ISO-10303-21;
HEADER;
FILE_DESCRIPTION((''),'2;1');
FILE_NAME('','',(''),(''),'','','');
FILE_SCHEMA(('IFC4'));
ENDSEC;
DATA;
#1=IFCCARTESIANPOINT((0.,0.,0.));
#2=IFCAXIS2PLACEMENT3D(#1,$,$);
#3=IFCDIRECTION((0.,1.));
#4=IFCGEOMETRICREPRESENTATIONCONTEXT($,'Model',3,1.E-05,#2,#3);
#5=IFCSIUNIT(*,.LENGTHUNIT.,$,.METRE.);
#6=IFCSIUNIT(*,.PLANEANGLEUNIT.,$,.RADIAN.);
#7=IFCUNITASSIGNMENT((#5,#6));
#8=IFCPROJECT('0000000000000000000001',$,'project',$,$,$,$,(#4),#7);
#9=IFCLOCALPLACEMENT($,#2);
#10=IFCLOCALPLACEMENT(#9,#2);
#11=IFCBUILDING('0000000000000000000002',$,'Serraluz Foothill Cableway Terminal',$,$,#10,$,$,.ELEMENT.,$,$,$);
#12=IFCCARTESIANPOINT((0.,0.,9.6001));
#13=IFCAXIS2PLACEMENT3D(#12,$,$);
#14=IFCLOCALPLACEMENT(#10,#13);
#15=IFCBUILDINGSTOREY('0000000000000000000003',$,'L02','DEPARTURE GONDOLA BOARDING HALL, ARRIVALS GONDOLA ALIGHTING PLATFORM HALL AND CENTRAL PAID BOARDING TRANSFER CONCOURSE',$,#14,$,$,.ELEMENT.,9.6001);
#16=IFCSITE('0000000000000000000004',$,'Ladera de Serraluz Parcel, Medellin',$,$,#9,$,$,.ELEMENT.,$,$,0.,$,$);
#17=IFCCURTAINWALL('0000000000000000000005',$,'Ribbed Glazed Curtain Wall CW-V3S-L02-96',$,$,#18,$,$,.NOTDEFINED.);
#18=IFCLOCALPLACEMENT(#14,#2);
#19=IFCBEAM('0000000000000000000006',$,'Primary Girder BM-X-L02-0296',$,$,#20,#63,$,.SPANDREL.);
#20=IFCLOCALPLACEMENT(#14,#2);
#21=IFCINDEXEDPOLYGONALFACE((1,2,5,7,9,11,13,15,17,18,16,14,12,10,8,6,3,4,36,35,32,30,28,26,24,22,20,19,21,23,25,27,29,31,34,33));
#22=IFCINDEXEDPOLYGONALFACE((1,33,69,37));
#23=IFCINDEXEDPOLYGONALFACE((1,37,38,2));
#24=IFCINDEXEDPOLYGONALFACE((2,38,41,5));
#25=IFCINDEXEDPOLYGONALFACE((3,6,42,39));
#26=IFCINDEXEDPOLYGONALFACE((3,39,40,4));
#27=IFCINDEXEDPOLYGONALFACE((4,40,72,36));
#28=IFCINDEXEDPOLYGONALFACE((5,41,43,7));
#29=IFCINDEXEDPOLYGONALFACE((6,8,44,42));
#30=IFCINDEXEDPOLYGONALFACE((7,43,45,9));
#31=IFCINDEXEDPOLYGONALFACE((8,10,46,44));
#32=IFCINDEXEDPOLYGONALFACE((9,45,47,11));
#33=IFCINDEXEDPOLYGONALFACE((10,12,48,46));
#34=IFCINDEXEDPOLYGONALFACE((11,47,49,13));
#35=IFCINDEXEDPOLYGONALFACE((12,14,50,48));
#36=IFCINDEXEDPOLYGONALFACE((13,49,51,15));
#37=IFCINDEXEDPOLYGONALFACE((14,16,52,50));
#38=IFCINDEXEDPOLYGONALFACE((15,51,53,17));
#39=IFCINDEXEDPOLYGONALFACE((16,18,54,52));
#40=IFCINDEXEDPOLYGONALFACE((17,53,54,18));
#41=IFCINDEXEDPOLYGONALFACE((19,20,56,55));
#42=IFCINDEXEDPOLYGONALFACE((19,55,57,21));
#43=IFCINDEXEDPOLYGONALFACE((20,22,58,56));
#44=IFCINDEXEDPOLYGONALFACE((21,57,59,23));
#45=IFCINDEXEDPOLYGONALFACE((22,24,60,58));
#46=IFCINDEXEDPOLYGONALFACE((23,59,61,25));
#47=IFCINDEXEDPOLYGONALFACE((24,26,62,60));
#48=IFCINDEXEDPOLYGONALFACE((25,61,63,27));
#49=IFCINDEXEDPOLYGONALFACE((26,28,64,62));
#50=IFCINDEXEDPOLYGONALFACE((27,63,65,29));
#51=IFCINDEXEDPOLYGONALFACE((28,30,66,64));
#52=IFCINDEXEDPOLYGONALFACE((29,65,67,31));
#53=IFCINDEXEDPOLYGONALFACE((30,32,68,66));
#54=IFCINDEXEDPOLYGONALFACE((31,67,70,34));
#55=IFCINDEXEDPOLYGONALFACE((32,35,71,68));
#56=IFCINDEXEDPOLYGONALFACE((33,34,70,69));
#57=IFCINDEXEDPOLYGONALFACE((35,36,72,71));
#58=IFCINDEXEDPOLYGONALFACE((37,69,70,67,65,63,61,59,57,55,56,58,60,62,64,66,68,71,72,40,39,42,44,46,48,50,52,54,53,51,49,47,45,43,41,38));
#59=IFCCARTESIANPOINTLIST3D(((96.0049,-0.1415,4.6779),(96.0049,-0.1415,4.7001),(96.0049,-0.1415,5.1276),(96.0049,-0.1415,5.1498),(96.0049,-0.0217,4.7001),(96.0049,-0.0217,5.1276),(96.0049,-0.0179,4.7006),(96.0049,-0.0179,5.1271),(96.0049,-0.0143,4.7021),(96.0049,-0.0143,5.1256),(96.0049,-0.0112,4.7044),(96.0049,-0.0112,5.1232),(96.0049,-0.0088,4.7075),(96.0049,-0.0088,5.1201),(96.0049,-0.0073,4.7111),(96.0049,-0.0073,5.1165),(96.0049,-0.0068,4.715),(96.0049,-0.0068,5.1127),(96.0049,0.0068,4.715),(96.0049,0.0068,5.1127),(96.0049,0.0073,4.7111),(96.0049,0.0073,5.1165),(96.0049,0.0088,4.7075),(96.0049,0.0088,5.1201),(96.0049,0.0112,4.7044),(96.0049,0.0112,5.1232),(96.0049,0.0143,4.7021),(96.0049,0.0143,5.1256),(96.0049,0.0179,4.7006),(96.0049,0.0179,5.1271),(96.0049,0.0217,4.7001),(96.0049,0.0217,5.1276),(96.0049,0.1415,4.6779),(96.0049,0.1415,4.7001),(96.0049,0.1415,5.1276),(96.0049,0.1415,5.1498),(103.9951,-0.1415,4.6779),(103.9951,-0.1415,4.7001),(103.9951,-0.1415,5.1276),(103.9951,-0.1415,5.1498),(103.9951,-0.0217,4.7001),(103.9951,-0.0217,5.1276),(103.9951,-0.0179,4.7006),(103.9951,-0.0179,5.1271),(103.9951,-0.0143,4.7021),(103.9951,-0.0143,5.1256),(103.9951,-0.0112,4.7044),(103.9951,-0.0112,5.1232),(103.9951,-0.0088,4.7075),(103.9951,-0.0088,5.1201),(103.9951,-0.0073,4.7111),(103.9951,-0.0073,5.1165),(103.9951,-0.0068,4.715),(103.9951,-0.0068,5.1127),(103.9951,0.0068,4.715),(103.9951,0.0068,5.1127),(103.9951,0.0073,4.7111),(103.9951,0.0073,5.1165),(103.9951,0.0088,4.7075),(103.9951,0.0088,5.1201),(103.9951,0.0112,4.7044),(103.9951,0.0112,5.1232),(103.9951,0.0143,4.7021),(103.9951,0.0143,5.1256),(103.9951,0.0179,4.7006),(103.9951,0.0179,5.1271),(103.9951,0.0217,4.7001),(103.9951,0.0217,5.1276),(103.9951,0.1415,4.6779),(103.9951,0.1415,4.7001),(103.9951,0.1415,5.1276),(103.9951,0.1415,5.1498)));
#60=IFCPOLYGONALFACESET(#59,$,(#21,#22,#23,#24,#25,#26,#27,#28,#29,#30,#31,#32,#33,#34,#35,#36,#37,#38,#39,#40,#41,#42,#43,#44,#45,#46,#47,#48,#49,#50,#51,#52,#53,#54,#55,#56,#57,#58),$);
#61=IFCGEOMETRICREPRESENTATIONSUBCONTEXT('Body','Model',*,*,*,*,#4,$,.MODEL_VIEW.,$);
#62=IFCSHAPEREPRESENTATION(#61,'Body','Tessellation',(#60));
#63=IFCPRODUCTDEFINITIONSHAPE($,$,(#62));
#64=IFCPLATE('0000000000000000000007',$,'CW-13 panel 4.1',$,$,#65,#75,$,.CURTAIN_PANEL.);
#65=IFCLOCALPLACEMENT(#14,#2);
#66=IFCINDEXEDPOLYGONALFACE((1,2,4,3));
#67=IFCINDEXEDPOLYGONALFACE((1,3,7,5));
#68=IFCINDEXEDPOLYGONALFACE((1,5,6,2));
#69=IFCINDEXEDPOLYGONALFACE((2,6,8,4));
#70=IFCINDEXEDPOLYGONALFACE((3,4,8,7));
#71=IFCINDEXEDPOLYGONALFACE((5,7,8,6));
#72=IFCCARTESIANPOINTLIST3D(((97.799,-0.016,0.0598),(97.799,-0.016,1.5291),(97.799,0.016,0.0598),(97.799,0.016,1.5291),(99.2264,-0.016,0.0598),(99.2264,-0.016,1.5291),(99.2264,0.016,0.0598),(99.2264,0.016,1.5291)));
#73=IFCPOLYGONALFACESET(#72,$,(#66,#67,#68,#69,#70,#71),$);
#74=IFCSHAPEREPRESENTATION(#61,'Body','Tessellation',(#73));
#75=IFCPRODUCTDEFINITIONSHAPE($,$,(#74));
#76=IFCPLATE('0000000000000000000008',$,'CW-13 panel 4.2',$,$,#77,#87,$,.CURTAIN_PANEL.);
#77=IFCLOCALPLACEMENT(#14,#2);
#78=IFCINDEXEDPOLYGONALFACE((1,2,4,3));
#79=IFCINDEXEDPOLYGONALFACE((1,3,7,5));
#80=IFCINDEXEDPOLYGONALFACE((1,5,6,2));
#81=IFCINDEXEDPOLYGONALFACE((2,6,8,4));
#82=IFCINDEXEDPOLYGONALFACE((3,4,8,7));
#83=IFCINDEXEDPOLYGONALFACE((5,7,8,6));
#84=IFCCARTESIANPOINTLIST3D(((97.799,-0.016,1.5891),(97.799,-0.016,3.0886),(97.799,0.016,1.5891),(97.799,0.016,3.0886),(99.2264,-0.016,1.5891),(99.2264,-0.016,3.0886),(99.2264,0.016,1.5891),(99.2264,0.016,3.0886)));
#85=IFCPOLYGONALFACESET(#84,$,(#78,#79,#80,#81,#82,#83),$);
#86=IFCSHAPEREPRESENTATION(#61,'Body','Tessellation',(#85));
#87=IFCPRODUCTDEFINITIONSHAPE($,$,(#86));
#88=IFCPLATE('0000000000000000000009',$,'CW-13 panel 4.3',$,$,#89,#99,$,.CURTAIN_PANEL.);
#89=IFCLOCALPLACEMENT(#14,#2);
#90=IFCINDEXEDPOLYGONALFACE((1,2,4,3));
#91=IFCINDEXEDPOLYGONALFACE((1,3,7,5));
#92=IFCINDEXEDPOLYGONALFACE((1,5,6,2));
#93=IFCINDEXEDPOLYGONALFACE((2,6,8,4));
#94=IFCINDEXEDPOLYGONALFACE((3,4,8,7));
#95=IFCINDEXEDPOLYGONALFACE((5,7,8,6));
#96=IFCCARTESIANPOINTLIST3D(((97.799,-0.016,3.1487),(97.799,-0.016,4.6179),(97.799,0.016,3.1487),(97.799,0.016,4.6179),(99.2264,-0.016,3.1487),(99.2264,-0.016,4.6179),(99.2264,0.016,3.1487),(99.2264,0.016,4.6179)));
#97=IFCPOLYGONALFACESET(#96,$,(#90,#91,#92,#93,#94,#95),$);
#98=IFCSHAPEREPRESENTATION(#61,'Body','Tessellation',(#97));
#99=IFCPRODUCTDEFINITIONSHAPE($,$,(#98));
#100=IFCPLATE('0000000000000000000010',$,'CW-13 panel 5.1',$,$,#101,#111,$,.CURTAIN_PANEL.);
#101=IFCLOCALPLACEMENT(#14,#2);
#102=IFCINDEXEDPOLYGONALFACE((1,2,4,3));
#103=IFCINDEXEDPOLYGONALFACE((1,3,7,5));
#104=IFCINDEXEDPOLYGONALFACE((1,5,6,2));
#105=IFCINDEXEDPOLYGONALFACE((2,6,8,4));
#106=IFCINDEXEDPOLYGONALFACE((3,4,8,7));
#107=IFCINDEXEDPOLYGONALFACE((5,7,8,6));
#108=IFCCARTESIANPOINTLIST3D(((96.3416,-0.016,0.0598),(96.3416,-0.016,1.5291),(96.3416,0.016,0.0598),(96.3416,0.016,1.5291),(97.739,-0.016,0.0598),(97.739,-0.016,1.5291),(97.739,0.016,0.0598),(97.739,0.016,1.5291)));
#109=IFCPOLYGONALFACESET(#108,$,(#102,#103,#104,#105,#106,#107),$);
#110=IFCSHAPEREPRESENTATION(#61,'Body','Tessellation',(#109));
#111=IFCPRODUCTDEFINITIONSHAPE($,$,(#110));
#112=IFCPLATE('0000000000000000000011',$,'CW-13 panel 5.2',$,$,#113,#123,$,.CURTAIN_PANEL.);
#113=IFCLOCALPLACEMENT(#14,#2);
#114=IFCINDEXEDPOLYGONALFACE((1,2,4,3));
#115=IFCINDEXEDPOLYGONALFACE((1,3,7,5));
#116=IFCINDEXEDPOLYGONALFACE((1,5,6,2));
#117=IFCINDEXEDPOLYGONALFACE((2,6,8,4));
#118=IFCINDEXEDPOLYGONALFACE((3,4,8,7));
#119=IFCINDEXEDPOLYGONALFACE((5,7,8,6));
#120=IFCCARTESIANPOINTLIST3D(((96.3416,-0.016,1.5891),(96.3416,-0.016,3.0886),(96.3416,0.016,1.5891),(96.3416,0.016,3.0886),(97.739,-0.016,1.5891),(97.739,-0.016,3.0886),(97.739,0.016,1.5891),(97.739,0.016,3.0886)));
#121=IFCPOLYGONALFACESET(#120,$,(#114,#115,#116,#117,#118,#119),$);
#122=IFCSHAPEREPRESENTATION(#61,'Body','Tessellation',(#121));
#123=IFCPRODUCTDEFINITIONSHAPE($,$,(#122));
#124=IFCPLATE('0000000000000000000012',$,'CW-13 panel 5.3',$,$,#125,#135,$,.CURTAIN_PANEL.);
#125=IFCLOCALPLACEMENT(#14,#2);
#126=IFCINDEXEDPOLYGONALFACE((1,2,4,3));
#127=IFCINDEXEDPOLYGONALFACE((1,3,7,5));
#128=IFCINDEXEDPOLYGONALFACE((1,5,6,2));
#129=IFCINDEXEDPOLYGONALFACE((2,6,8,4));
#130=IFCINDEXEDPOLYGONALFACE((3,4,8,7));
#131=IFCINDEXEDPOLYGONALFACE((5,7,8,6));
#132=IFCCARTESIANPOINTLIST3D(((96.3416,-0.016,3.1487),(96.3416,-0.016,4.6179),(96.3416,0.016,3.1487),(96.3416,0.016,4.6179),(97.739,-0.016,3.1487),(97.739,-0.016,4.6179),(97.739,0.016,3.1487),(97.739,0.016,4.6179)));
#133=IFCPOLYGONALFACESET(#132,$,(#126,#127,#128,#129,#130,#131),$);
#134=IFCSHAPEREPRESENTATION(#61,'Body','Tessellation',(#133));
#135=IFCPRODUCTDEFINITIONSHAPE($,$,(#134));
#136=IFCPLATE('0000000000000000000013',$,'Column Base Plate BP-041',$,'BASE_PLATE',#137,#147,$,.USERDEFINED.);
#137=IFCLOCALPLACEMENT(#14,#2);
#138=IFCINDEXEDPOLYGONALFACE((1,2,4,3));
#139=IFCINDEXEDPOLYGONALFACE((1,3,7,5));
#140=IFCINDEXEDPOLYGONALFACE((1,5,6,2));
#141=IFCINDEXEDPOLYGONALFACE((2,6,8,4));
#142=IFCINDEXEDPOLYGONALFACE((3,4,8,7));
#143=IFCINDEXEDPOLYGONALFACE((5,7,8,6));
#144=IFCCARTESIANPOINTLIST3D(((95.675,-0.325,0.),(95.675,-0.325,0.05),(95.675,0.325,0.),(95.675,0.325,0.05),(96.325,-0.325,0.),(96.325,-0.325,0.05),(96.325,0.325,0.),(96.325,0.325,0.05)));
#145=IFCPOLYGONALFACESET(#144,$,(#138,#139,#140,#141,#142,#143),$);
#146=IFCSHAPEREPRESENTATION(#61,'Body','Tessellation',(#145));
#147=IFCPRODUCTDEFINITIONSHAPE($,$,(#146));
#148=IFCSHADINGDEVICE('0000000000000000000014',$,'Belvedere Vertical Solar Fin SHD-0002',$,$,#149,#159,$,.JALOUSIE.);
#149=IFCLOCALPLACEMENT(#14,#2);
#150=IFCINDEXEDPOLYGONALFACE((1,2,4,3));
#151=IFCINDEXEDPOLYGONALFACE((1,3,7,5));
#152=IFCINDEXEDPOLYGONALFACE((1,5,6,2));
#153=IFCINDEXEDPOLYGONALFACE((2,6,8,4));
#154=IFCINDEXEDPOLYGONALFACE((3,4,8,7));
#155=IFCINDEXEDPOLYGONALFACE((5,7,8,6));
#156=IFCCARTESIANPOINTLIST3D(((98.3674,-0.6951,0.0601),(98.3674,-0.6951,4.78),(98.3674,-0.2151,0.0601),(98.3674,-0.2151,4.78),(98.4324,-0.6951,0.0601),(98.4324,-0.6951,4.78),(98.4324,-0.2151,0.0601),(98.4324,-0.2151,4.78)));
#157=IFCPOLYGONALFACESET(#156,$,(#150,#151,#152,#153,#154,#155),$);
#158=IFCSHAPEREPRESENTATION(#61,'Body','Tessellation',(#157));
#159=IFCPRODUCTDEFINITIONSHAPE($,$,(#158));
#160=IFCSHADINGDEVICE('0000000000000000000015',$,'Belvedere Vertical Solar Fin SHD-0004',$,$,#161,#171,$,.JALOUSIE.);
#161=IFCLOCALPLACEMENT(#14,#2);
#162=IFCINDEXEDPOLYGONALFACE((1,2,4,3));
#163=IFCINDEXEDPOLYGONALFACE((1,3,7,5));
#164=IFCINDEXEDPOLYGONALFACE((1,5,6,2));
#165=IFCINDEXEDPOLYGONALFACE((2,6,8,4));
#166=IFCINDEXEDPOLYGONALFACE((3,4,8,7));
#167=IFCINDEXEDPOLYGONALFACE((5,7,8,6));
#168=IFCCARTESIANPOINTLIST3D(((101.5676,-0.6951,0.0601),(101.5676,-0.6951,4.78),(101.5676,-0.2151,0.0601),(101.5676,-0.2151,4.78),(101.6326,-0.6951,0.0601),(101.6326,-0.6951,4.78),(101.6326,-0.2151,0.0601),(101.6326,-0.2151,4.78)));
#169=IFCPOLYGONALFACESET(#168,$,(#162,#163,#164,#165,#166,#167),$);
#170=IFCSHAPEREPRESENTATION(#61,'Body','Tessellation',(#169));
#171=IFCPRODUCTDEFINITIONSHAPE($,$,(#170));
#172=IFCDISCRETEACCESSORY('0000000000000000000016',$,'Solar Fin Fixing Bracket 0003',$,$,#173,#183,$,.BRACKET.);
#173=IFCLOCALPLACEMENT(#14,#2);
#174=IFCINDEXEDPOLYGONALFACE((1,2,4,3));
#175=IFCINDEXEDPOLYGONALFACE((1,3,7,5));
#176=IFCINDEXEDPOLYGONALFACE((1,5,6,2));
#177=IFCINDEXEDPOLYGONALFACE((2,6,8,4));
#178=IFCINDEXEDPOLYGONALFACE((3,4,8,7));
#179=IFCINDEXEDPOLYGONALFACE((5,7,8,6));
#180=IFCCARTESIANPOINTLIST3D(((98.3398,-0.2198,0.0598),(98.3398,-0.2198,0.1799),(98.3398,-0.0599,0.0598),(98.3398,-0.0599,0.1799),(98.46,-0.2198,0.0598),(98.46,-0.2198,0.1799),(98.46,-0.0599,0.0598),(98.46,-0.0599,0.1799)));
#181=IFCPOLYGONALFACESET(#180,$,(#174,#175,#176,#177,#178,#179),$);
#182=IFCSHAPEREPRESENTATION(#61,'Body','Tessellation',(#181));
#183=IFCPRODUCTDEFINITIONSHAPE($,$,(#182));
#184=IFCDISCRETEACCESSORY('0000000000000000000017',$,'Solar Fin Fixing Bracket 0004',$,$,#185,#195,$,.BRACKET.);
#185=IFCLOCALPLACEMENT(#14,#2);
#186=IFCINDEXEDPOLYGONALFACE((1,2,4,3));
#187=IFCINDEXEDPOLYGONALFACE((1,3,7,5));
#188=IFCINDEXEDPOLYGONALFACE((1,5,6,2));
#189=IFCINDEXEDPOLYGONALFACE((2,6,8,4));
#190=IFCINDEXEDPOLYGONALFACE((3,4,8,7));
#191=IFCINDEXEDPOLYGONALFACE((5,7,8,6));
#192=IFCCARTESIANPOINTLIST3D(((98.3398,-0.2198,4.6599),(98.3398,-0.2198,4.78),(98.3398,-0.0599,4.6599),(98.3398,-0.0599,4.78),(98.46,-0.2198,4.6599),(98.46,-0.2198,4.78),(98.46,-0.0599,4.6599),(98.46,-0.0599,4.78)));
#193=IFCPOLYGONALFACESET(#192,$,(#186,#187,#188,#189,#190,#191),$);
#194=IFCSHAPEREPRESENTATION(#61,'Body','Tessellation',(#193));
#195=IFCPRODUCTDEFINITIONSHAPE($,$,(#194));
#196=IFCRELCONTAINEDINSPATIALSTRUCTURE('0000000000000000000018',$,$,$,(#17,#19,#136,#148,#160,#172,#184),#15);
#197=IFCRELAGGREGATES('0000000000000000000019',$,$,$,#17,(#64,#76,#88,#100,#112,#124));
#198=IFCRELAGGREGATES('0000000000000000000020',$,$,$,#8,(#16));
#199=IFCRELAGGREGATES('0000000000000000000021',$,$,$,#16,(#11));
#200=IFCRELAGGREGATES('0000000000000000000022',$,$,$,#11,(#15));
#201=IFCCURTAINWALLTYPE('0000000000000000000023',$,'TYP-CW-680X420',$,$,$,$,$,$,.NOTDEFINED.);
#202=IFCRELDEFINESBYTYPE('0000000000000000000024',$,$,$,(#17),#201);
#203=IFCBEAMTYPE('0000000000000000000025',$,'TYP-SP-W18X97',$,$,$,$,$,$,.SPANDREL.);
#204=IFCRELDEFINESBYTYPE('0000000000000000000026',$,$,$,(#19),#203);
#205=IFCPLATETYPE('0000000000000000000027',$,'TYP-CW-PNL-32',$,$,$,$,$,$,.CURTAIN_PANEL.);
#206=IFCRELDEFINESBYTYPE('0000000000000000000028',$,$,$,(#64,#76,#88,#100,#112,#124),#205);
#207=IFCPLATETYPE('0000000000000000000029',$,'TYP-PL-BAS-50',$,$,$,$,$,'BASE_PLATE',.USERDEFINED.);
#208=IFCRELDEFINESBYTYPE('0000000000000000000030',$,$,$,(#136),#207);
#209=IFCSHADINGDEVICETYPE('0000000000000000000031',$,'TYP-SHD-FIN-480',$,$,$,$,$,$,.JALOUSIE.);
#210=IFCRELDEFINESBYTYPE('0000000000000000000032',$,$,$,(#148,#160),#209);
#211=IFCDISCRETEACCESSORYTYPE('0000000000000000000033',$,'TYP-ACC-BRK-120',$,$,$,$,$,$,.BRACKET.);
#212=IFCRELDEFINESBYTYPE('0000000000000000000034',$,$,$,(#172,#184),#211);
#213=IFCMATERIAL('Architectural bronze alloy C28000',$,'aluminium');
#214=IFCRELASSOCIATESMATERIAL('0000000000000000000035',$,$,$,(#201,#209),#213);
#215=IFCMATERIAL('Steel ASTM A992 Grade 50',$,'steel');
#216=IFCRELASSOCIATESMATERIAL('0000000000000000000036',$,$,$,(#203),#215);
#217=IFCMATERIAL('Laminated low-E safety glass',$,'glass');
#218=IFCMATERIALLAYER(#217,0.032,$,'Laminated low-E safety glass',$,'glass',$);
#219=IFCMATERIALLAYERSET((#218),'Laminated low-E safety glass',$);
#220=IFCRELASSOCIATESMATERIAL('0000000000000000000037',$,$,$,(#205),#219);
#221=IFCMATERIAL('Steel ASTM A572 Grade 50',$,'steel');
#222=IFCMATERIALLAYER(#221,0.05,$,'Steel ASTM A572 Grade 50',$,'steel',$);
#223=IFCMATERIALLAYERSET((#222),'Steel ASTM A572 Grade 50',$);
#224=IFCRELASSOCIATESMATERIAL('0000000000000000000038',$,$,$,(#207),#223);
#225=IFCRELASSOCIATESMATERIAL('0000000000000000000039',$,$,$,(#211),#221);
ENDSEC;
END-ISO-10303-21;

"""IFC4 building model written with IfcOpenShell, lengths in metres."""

from ifc_helpers import new_model, si_unit, direction, frame, origin, origin_2d, place, context, subcontext, project, spatial, rectangle, i_section, extrude, material, layer, layer_set, material_profile, profile_set, type_object, element, aggregate, save


model = new_model("IFC4")

# Units and contexts
model_context = context("Model", 3, precision=1e-05, world=origin(), true_north=direction((0.0, 1.0)))
body_context = subcontext(model_context, "Body", "Model", "MODEL_VIEW")
ifc_project = project(units=[si_unit("LENGTHUNIT", "METRE"), si_unit("PLANEANGLEUNIT", "RADIAN")], contexts=[model_context])

# Site, building, storey
site_placement = place(None, origin())
site = spatial("IfcSite", under=ifc_project, at=site_placement, Name="Ladera de Serraluz Parcel, Medellin", CompositionType="ELEMENT", RefElevation=0.0)
building_placement = place(site_placement, origin())
building = spatial("IfcBuilding", under=site, at=building_placement, Name="Serraluz Foothill Cableway Terminal", CompositionType="ELEMENT")
storey_placement = place(building_placement, frame((0.0, 0.0, 9.6001)))
storey = spatial("IfcBuildingStorey", under=building, at=storey_placement, Name="L02", Description="DEPARTURE GONDOLA BOARDING HALL, ARRIVALS GONDOLA ALIGHTING PLATFORM HALL AND CENTRAL PAID BOARDING TRANSFER CONCOURSE", CompositionType="ELEMENT", Elevation=9.6001)

# Shared definitions
ifc_material_1 = material(Name="Steel ASTM A992 Grade 50", Category="steel")

# Curtain wall
ifc_material_2 = material(Name="Architectural bronze alloy C28000", Category="aluminium")
curtain_wall_type = type_object("IfcCurtainWallType", Name="TYP-CW-680X420", PredefinedType="NOTDEFINED", material=ifc_material_2)
curtain_wall_placement = place(storey_placement, origin())
curtain_wall = element("IfcCurtainWall", 1, at=curtain_wall_placement, inside=storey, type_object=curtain_wall_type, Name="Ribbed Glazed Curtain Wall CW-V3S-L02-96", PredefinedType="NOTDEFINED")

# Beam
ifc_material_profile_1 = material_profile(ifc_material_1, i_section(OverallWidth=0.283, OverallDepth=0.4719, WebThickness=0.0137, FlangeThickness=0.0222, FilletRadius=0.0149, at=origin_2d()), Name="W18X97")
ifc_profile_set_1 = profile_set([ifc_material_profile_1], Name="Steel ASTM A992 Grade 50")
beam_type = type_object("IfcBeamType", Name="TYP-SP-W18X97", PredefinedType="SPANDREL", material=ifc_profile_set_1)
beam_placement = place(storey_placement, frame((96.0049, 0.0, 4.9138), z_axis=(1.0, 0.0, 0.0), x_axis=(0.0, 1.0, 0.0)))
element("IfcBeam", 2, at=beam_placement, inside=storey, type_object=beam_type, Name="Primary Girder BM-X-L02-0296", PredefinedType="SPANDREL", context=body_context, shape_type="SweptSolid", body=[
    extrude(i_section(OverallWidth=0.283, OverallDepth=0.4719, WebThickness=0.0137, FlangeThickness=0.0222, FilletRadius=0.0149, at=origin_2d()), origin(), (0.0, 0.0, 1.0), 7.9902),
])

# Plates
ifc_material_3 = material(Name="Laminated low-E safety glass", Category="glass")
ifc_layer_1 = layer(ifc_material_3, 0.032, Name="Laminated low-E safety glass", Category="glass")
ifc_layer_set_1 = layer_set([ifc_layer_1], Name="Laminated low-E safety glass")
plate_type_1 = type_object("IfcPlateType", Name="TYP-CW-PNL-32", PredefinedType="CURTAIN_PANEL", material=ifc_layer_set_1)
plate_1_placement = place(storey_placement, frame((98.5127, 0.0, 0.0598), z_axis=(0.0, 0.0, 1.0), x_axis=(-1.0, 0.0, 0.0)))
plate_1 = element("IfcPlate", 3, at=plate_1_placement, type_object=plate_type_1, Name="CW-13 panel 4.1", PredefinedType="CURTAIN_PANEL", context=body_context, shape_type="SweptSolid", body=[
    extrude(rectangle(XDim=1.4275, YDim=0.032, at=origin_2d()), origin(), (0.0, 0.0, 1.0), 1.4692),
])
plate_2_placement = place(storey_placement, frame((98.5127, 0.0, 1.5891), z_axis=(0.0, 0.0, 1.0), x_axis=(-1.0, 0.0, 0.0)))
plate_2 = element("IfcPlate", 4, at=plate_2_placement, type_object=plate_type_1, Name="CW-13 panel 4.2", PredefinedType="CURTAIN_PANEL", context=body_context, shape_type="SweptSolid", body=[
    extrude(rectangle(XDim=1.4275, YDim=0.032, at=origin_2d()), origin(), (0.0, 0.0, 1.0), 1.4995),
])
plate_3_placement = place(storey_placement, frame((98.5127, 0.0, 3.1487), z_axis=(0.0, 0.0, 1.0), x_axis=(-1.0, 0.0, 0.0)))
plate_3 = element("IfcPlate", 5, at=plate_3_placement, type_object=plate_type_1, Name="CW-13 panel 4.3", PredefinedType="CURTAIN_PANEL", context=body_context, shape_type="SweptSolid", body=[
    extrude(rectangle(XDim=1.4275, YDim=0.032, at=origin_2d()), origin(), (0.0, 0.0, 1.0), 1.4692),
])
plate_4_placement = place(storey_placement, frame((97.0403, 0.0, 0.0598), z_axis=(0.0, 0.0, 1.0), x_axis=(-1.0, 0.0, 0.0)))
plate_4 = element("IfcPlate", 6, at=plate_4_placement, type_object=plate_type_1, Name="CW-13 panel 5.1", PredefinedType="CURTAIN_PANEL", context=body_context, shape_type="SweptSolid", body=[
    extrude(rectangle(XDim=1.3975, YDim=0.032, at=origin_2d()), origin(), (0.0, 0.0, 1.0), 1.4692),
])
plate_5_placement = place(storey_placement, frame((97.0403, 0.0, 1.5891), z_axis=(0.0, 0.0, 1.0), x_axis=(-1.0, 0.0, 0.0)))
plate_5 = element("IfcPlate", 7, at=plate_5_placement, type_object=plate_type_1, Name="CW-13 panel 5.2", PredefinedType="CURTAIN_PANEL", context=body_context, shape_type="SweptSolid", body=[
    extrude(rectangle(XDim=1.3975, YDim=0.032, at=origin_2d()), origin(), (0.0, 0.0, 1.0), 1.4995),
])
plate_6_placement = place(storey_placement, frame((97.0403, 0.0, 3.1487), z_axis=(0.0, 0.0, 1.0), x_axis=(-1.0, 0.0, 0.0)))
plate_6 = element("IfcPlate", 8, at=plate_6_placement, type_object=plate_type_1, Name="CW-13 panel 5.3", PredefinedType="CURTAIN_PANEL", context=body_context, shape_type="SweptSolid", body=[
    extrude(rectangle(XDim=1.3975, YDim=0.032, at=origin_2d()), origin(), (0.0, 0.0, 1.0), 1.4692),
])
aggregate(curtain_wall, [plate_1, plate_2, plate_3, plate_4, plate_5, plate_6])
ifc_material_4 = material(Name="Steel ASTM A572 Grade 50", Category="steel")
ifc_layer_2 = layer(ifc_material_4, 0.05, Name="Steel ASTM A572 Grade 50", Category="steel")
ifc_layer_set_2 = layer_set([ifc_layer_2], Name="Steel ASTM A572 Grade 50")
plate_type_2 = type_object("IfcPlateType", Name="TYP-PL-BAS-50", ElementType="BASE_PLATE", PredefinedType="USERDEFINED", material=ifc_layer_set_2)
plate_7_placement = place(storey_placement, frame((96.0, 0.0, 0.0), z_axis=(0.0, 0.0, 1.0), x_axis=(1.0, 0.0, 0.0)))
element("IfcPlate", 9, at=plate_7_placement, inside=storey, type_object=plate_type_2, Name="Column Base Plate BP-041", ObjectType="BASE_PLATE", PredefinedType="USERDEFINED", context=body_context, shape_type="SweptSolid", body=[
    extrude(rectangle(XDim=0.6499, YDim=0.6499, at=origin_2d()), origin(), (0.0, 0.0, 1.0), 0.05),
])

# Shading devices
shading_device_type = type_object("IfcShadingDeviceType", Name="TYP-SHD-FIN-480", PredefinedType="JALOUSIE", material=ifc_material_2)
for number, where, z_axis, x_axis, name in (
    (10, (98.3999, -0.4551, 0.0601), (0.0, 0.0, 1.0), (1.0, 0.0, 0.0), "Belvedere Vertical Solar Fin SHD-0002"),
    (11, (101.6001, -0.4551, 0.0601), (0.0, 0.0, 1.0), (1.0, 0.0, 0.0), "Belvedere Vertical Solar Fin SHD-0004"),
):
    element("IfcShadingDevice", number, at=place(storey_placement, frame(where, z_axis=z_axis, x_axis=x_axis)), inside=storey, type_object=shading_device_type, Name=name, PredefinedType="JALOUSIE", context=body_context, shape_type="SweptSolid", body=[
        extrude(rectangle(XDim=0.0649, YDim=0.48, at=origin_2d()), origin(), (0.0, 0.0, 1.0), 4.72),
    ])

# Discrete accessories
discrete_accessory_type = type_object("IfcDiscreteAccessoryType", Name="TYP-ACC-BRK-120", PredefinedType="BRACKET", material=ifc_material_4)
for number, where, z_axis, x_axis, name in (
    (12, (98.3999, -0.1399, 0.0598), (0.0, 0.0, 1.0), (1.0, 0.0, 0.0), "Solar Fin Fixing Bracket 0003"),
    (13, (98.3999, -0.1399, 4.6599), (0.0, 0.0, 1.0), (1.0, 0.0, 0.0), "Solar Fin Fixing Bracket 0004"),
):
    element("IfcDiscreteAccessory", number, at=place(storey_placement, frame(where, z_axis=z_axis, x_axis=x_axis)), inside=storey, type_object=discrete_accessory_type, Name=name, PredefinedType="BRACKET", context=body_context, shape_type="SweptSolid", body=[
        extrude(rectangle(XDim=0.1201, YDim=0.1599, at=origin_2d()), origin(), (0.0, 0.0, 1.0), 0.1201),
    ])

save(model, "model.ifc")
